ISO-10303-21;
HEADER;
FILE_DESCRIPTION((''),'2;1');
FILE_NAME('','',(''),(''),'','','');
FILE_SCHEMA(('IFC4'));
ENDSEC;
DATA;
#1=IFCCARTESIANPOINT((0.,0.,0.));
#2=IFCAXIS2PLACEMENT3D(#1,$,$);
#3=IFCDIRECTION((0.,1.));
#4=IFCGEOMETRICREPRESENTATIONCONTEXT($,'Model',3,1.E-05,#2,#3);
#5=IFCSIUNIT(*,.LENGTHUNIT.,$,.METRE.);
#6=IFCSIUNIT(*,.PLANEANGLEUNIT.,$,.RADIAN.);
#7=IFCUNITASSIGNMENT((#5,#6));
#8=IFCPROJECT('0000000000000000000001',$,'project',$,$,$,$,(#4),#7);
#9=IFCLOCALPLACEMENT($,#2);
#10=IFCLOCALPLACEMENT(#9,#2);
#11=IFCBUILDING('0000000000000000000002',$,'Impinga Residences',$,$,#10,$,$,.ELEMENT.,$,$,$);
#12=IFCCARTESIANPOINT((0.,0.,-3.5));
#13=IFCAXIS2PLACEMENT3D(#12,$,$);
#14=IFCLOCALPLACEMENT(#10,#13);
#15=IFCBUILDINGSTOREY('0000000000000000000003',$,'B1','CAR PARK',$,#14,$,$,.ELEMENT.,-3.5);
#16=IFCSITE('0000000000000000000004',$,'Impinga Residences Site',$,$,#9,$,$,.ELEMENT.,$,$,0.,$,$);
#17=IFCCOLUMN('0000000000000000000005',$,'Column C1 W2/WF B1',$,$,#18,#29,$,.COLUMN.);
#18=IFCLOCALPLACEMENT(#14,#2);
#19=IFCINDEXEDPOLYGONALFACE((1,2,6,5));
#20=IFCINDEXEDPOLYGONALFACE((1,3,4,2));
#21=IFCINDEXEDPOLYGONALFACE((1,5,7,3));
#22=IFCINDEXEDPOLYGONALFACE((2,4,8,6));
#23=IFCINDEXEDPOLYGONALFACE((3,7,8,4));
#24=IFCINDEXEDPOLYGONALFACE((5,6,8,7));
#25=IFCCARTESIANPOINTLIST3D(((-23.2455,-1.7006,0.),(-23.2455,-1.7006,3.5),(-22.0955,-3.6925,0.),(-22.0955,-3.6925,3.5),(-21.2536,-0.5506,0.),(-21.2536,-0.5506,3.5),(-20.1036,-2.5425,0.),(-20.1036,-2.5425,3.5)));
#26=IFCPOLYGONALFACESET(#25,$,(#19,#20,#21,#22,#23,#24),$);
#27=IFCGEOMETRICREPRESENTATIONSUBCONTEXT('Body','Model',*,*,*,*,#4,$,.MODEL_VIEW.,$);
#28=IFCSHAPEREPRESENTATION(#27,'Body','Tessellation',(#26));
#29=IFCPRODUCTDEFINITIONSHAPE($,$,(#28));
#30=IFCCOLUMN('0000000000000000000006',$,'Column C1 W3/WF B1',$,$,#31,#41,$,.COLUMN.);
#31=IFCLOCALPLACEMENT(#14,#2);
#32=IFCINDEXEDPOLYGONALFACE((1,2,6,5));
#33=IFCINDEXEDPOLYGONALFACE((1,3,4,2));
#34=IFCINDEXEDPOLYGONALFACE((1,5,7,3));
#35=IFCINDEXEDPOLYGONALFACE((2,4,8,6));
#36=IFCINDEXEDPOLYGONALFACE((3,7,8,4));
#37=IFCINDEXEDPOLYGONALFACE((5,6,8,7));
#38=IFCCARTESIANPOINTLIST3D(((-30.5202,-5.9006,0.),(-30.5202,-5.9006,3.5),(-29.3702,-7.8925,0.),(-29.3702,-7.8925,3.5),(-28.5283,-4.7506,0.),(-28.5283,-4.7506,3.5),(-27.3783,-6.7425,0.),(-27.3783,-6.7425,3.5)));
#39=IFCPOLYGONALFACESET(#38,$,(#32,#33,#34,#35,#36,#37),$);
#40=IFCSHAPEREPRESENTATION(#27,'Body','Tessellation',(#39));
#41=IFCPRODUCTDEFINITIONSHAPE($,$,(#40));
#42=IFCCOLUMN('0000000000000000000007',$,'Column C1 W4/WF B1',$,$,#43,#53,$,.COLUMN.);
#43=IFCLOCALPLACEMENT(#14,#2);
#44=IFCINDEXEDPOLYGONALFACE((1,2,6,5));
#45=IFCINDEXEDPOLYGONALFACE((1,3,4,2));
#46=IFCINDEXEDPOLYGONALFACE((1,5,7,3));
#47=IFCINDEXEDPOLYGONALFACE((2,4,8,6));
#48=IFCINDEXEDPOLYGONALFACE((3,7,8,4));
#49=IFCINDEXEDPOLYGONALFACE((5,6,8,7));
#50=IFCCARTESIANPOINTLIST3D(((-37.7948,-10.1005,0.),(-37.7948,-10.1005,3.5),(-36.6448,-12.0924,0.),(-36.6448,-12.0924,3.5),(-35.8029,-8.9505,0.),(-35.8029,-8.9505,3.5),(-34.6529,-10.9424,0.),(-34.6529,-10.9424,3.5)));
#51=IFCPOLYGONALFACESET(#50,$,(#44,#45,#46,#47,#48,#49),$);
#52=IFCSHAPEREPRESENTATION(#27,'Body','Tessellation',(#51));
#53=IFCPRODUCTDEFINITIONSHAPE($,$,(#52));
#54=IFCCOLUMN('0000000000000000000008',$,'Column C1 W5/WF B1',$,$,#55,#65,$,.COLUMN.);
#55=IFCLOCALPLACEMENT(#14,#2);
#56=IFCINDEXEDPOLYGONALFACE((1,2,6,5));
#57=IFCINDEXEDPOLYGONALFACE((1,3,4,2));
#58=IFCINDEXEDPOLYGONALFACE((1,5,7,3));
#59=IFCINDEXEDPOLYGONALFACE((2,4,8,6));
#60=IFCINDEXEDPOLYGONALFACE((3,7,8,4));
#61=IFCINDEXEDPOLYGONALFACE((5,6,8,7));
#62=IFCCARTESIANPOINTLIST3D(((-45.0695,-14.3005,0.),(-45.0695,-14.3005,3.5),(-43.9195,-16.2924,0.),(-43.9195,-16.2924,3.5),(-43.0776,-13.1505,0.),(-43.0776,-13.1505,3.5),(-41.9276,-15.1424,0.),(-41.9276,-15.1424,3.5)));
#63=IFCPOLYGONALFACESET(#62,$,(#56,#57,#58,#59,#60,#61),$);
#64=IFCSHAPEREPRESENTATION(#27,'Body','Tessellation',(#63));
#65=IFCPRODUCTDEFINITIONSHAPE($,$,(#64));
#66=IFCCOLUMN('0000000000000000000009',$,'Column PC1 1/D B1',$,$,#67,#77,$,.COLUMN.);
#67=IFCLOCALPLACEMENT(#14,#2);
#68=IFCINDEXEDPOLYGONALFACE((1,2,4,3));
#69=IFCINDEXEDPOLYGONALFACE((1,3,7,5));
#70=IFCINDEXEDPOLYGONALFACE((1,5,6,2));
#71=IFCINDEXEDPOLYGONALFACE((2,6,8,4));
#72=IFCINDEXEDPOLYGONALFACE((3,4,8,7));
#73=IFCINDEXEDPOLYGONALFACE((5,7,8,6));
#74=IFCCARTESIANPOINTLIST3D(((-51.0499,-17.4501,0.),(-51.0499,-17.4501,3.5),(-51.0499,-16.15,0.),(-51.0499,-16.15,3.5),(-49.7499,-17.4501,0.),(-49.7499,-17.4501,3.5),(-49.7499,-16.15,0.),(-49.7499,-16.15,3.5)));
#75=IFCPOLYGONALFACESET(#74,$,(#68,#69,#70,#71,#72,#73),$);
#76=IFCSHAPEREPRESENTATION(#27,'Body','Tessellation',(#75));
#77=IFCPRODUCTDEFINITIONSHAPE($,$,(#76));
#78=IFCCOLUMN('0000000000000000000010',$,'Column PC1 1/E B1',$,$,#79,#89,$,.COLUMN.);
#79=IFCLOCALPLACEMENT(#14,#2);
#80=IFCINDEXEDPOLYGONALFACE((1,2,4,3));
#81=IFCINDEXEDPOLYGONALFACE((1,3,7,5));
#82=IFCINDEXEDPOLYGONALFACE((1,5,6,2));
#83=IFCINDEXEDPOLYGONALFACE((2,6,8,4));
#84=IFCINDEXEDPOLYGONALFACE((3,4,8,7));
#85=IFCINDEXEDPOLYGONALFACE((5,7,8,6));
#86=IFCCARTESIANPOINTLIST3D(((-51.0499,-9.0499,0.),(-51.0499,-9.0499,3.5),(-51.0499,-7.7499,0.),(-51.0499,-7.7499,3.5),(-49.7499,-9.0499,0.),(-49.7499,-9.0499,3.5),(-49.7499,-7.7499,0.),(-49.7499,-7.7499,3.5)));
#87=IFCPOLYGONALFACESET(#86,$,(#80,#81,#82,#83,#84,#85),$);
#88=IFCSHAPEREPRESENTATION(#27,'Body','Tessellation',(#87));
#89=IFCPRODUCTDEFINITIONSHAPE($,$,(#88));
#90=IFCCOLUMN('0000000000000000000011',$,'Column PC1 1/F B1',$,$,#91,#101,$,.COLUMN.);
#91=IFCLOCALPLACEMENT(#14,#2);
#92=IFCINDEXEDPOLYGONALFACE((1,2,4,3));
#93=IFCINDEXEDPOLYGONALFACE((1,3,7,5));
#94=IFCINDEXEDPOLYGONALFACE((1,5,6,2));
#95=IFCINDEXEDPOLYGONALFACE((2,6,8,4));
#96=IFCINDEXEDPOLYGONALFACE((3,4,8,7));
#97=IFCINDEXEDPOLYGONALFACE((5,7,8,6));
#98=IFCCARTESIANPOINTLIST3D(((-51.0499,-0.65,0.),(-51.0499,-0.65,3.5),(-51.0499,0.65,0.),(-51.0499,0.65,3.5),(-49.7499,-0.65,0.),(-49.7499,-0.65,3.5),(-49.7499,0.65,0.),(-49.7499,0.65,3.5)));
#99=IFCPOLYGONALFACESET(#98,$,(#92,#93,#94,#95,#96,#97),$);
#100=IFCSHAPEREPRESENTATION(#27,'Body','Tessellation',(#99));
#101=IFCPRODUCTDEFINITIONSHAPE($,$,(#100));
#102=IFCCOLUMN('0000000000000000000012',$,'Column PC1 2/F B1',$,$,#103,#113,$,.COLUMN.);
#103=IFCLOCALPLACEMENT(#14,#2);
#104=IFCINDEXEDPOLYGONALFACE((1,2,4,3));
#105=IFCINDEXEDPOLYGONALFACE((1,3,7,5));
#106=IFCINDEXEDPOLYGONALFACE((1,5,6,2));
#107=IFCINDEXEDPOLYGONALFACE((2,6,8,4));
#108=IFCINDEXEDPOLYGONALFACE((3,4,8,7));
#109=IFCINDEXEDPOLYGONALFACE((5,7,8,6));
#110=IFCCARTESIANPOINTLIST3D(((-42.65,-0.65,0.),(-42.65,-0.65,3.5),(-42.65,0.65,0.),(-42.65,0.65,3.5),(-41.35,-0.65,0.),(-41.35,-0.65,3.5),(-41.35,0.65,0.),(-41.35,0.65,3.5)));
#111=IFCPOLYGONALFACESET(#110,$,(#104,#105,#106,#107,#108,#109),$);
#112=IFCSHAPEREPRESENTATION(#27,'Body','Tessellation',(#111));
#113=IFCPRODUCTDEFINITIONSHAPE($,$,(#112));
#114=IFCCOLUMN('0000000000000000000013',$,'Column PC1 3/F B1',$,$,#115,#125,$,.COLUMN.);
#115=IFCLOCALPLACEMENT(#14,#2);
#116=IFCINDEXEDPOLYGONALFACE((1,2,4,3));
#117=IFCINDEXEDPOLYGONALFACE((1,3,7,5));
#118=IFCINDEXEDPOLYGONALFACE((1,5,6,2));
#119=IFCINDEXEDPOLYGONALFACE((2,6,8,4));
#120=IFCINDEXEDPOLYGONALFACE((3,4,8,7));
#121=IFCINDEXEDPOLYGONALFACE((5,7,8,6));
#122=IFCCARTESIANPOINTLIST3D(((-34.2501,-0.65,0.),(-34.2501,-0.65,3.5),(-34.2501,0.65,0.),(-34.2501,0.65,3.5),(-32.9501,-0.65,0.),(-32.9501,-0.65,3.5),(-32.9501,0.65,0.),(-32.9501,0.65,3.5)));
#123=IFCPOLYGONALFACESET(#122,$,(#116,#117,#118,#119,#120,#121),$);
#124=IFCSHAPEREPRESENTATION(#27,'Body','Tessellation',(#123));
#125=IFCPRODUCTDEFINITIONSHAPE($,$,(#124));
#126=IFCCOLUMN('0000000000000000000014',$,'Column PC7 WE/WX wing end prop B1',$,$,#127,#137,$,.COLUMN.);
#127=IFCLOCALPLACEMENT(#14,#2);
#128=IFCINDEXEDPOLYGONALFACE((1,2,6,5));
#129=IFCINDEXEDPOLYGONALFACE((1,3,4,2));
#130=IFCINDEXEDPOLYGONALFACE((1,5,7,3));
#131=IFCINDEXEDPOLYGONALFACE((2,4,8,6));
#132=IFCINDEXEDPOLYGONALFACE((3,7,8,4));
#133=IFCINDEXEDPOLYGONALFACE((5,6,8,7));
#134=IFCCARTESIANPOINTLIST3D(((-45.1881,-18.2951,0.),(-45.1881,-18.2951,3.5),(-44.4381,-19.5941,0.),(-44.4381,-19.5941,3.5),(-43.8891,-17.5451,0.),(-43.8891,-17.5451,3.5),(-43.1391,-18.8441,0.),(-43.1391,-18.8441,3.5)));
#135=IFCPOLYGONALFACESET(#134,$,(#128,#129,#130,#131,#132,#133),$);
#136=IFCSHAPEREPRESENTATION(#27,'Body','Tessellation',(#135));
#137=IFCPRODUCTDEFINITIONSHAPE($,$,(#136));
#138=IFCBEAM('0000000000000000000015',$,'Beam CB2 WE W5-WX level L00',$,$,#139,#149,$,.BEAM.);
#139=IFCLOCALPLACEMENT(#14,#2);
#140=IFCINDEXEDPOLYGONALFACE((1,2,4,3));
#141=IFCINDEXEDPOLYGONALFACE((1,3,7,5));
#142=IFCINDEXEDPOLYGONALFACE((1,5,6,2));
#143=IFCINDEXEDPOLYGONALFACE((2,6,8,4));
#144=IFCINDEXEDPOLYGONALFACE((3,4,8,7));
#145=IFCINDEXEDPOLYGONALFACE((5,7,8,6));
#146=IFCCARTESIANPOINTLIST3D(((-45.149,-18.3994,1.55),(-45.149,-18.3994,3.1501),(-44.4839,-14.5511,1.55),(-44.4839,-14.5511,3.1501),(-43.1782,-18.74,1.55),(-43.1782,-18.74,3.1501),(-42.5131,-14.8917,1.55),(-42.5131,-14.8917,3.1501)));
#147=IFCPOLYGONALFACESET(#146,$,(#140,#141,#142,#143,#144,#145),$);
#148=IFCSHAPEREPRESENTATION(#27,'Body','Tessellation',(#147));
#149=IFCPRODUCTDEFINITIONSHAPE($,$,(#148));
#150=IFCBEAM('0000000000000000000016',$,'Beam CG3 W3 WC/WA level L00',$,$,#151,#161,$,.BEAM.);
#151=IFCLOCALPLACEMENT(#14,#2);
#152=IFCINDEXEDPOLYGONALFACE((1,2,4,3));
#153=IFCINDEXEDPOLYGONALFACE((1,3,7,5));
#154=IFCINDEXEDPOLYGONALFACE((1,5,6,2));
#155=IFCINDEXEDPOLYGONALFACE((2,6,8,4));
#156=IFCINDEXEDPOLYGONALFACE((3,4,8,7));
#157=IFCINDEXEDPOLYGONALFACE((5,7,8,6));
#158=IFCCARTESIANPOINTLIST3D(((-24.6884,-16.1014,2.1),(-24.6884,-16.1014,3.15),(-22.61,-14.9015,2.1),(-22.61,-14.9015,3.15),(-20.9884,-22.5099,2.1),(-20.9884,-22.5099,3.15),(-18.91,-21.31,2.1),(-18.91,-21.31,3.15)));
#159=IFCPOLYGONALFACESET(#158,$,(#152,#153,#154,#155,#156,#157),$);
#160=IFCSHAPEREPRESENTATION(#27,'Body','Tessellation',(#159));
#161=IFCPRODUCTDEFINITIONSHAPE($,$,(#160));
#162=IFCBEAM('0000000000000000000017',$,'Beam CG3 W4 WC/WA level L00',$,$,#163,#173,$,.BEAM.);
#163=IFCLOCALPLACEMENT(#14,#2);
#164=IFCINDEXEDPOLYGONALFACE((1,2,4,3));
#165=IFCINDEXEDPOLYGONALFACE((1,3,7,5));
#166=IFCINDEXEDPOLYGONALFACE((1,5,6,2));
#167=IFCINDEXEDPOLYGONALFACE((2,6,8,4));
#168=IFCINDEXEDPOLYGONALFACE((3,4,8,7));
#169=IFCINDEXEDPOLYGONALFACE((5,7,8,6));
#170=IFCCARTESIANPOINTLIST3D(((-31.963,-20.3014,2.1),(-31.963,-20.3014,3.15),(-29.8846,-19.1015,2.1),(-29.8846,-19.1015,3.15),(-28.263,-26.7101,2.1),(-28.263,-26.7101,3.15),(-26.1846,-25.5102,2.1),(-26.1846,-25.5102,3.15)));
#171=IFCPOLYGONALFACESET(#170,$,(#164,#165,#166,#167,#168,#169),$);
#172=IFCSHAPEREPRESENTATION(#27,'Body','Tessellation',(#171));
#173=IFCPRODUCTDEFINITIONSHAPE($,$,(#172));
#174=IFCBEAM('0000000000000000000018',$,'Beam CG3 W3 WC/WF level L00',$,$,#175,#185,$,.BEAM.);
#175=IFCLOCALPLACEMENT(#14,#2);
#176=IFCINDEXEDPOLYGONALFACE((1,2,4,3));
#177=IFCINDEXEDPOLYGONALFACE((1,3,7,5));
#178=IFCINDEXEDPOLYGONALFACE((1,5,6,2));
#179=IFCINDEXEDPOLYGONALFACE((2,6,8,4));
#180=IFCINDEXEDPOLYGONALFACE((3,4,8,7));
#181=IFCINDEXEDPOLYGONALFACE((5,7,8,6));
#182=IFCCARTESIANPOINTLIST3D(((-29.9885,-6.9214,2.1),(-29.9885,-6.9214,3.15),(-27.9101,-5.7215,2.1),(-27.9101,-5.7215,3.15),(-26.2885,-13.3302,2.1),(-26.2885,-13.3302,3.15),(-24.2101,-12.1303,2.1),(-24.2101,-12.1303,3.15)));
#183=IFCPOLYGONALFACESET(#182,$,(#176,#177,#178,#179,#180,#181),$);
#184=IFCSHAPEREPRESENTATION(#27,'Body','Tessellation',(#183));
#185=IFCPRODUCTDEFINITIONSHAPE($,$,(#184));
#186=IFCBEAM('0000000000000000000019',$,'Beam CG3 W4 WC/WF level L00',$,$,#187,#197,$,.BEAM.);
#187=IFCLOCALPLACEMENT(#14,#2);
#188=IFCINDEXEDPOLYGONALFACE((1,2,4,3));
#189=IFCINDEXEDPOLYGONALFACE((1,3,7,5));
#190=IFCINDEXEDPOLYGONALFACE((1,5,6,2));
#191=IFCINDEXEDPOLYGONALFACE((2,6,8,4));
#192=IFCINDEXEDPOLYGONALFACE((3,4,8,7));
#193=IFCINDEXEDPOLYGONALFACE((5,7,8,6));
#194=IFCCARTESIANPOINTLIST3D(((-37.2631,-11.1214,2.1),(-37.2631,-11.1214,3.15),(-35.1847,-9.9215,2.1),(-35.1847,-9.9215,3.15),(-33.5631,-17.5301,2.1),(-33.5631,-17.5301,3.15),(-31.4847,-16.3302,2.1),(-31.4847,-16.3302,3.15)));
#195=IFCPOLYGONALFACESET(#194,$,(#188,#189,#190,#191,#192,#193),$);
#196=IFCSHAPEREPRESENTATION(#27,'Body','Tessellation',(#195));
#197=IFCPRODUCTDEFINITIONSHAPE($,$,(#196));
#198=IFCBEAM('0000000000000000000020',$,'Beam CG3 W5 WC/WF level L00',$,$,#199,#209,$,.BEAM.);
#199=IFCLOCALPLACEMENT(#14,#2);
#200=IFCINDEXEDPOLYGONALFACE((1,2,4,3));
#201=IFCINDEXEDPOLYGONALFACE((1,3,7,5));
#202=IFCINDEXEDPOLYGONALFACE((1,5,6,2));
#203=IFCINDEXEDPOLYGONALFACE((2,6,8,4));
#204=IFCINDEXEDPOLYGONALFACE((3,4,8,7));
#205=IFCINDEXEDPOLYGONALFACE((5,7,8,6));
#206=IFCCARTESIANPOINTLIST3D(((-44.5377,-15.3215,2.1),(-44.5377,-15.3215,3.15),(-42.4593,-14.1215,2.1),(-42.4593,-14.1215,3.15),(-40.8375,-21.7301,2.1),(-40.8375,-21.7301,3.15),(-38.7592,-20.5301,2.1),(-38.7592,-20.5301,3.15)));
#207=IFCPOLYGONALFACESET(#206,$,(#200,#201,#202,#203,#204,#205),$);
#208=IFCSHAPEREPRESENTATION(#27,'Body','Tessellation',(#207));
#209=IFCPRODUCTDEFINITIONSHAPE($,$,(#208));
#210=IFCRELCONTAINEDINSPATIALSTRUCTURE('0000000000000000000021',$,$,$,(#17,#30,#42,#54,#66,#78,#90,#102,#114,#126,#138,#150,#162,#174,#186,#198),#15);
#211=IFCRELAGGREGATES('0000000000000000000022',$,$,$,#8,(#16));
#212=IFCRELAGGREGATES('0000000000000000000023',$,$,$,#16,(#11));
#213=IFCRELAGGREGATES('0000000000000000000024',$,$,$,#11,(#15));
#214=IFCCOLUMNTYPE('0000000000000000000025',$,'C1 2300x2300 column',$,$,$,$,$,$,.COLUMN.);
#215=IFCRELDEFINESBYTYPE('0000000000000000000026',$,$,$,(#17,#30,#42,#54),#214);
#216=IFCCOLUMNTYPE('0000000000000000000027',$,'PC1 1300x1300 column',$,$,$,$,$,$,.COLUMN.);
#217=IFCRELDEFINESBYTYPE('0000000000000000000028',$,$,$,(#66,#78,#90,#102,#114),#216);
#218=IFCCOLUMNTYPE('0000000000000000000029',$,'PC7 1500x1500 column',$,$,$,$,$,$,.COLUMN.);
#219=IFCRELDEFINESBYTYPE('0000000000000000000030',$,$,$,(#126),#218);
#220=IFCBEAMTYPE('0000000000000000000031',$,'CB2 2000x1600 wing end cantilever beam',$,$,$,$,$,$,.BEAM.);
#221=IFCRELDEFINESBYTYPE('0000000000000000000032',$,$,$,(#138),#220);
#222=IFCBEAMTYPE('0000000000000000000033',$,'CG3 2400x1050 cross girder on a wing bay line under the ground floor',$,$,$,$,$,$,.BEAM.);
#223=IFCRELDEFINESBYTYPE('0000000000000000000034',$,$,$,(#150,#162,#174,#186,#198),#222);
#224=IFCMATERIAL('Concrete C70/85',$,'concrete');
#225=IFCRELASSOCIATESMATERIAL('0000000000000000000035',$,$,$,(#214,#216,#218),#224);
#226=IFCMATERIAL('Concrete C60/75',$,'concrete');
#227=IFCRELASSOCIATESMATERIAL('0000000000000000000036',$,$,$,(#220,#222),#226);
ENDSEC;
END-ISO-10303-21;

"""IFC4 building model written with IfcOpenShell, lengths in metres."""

from ifc_helpers import new_model, si_unit, direction, frame, origin, origin_2d, place, context, subcontext, project, spatial, rectangle, extrude, material, material_profile, profile_set, type_object, element, save


model = new_model("IFC4")

# Units and contexts
model_context = context("Model", 3, precision=1e-05, world=origin(), true_north=direction((0.0, 1.0)))
body_context = subcontext(model_context, "Body", "Model", "MODEL_VIEW")
ifc_project = project(units=[si_unit("LENGTHUNIT", "METRE"), si_unit("PLANEANGLEUNIT", "RADIAN")], contexts=[model_context])

# Site, building, storey
site_placement = place(None, origin())
site = spatial("IfcSite", under=ifc_project, at=site_placement, Name="Impinga Residences Site", CompositionType="ELEMENT", RefElevation=0.0)
building_placement = place(site_placement, origin())
building = spatial("IfcBuilding", under=site, at=building_placement, Name="Impinga Residences", CompositionType="ELEMENT")
storey_placement = place(building_placement, frame((0.0, 0.0, -3.5)))
storey = spatial("IfcBuildingStorey", under=building, at=storey_placement, Name="B1", Description="CAR PARK", CompositionType="ELEMENT", Elevation=-3.5)

# Columns
ifc_material_1 = material(Name="Concrete C70/85", Category="concrete")
ifc_material_profile_1 = material_profile(ifc_material_1, rectangle(XDim=2.3, YDim=2.3, at=origin_2d()), Name="RC 2300x2300")
ifc_profile_set_1 = profile_set([ifc_material_profile_1], Name="Concrete C70/85")
column_type_1 = type_object("IfcColumnType", Name="C1 2300x2300 column", PredefinedType="COLUMN", material=ifc_profile_set_1)
for number, where, z_axis, x_axis, name in (
    (1, (-21.6746, -2.1216, 0.0), (0.0, 0.0, 1.0), (-0.5, 0.866025, 0.0), "Column C1 W2/WF B1"),
    (2, (-28.9492, -6.3215, 0.0), (0.0, 0.0, 1.0), (-0.5, 0.866025, 0.0), "Column C1 W3/WF B1"),
    (3, (-36.2239, -10.5215, 0.0), (0.0, 0.0, 1.0), (-0.5, 0.866025, 0.0), "Column C1 W4/WF B1"),
    (4, (-43.4985, -14.7214, 0.0), (0.0, 0.0, 1.0), (-0.5, 0.866025, 0.0), "Column C1 W5/WF B1"),
):
    element("IfcColumn", number, at=place(storey_placement, frame(where, z_axis=z_axis, x_axis=x_axis)), inside=storey, type_object=column_type_1, Name=name, PredefinedType="COLUMN", context=body_context, shape_type="SweptSolid", body=[
        extrude(rectangle(XDim=2.3, YDim=2.3, at=origin_2d()), origin(), (0.0, 0.0, 1.0), 3.5),
    ])
ifc_material_profile_2 = material_profile(ifc_material_1, rectangle(XDim=1.3, YDim=1.3, at=origin_2d()), Name="RC 1300x1300")
ifc_profile_set_2 = profile_set([ifc_material_profile_2], Name="Concrete C70/85")
column_type_2 = type_object("IfcColumnType", Name="PC1 1300x1300 column", PredefinedType="COLUMN", material=ifc_profile_set_2)
for number, where, z_axis, x_axis, name in (
    (5, (-50.3999, -16.8, 0.0), (0.0, 0.0, 1.0), (1.0, 0.0, 0.0), "Column PC1 1/D B1"),
    (6, (-50.3999, -8.3999, 0.0), (0.0, 0.0, 1.0), (1.0, 0.0, 0.0), "Column PC1 1/E B1"),
    (7, (-50.3999, 0.0, 0.0), (0.0, 0.0, 1.0), (1.0, 0.0, 0.0), "Column PC1 1/F B1"),
    (8, (-42.0, 0.0, 0.0), (0.0, 0.0, 1.0), (1.0, 0.0, 0.0), "Column PC1 2/F B1"),
    (9, (-33.6001, 0.0, 0.0), (0.0, 0.0, 1.0), (1.0, 0.0, 0.0), "Column PC1 3/F B1"),
):
    element("IfcColumn", number, at=place(storey_placement, frame(where, z_axis=z_axis, x_axis=x_axis)), inside=storey, type_object=column_type_2, Name=name, PredefinedType="COLUMN", context=body_context, shape_type="SweptSolid", body=[
        extrude(rectangle(XDim=1.3, YDim=1.3, at=origin_2d()), origin(), (0.0, 0.0, 1.0), 3.5),
    ])
ifc_material_profile_3 = material_profile(ifc_material_1, rectangle(XDim=1.5, YDim=1.5, at=origin_2d()), Name="RC 1500x1500")
ifc_profile_set_3 = profile_set([ifc_material_profile_3], Name="Concrete C70/85")
column_type_3 = type_object("IfcColumnType", Name="PC7 1500x1500 column", PredefinedType="COLUMN", material=ifc_profile_set_3)
column_placement = place(storey_placement, frame((-44.1636, -18.5696, 0.0), z_axis=(0.0, 0.0, 1.0), x_axis=(-0.5, 0.866025, 0.0)))
element("IfcColumn", 10, at=column_placement, inside=storey, type_object=column_type_3, Name="Column PC7 WE/WX wing end prop B1", PredefinedType="COLUMN", context=body_context, shape_type="SweptSolid", body=[
    extrude(rectangle(XDim=1.5, YDim=1.5, at=origin_2d()), origin(), (0.0, 0.0, 1.0), 3.5),
])

# Beams
ifc_material_2 = material(Name="Concrete C60/75", Category="concrete")
ifc_material_profile_4 = material_profile(ifc_material_2, rectangle(XDim=2.0, YDim=1.6001, at=origin_2d()), Name="RC 2000x1600")
ifc_profile_set_4 = profile_set([ifc_material_profile_4], Name="Concrete C60/75")
beam_type_1 = type_object("IfcBeamType", Name="CB2 2000x1600 wing end cantilever beam", PredefinedType="BEAM", material=ifc_profile_set_4)
beam_1_placement = place(storey_placement, frame((-43.4985, -14.7214, 2.3501), z_axis=(-0.170296, -0.985393, 0.0), x_axis=(0.985393, -0.170296, 0.0)))
element("IfcBeam", 11, at=beam_1_placement, inside=storey, type_object=beam_type_1, Name="Beam CB2 WE W5-WX level L00", PredefinedType="BEAM", context=body_context, shape_type="SweptSolid", body=[
    extrude(rectangle(XDim=2.0, YDim=1.6001, at=origin_2d()), origin(), (0.0, 0.0, 1.0), 3.9053),
])
ifc_material_profile_5 = material_profile(ifc_material_2, rectangle(XDim=2.3999, YDim=1.05, at=origin_2d()), Name="RC 2400x1050")
ifc_profile_set_5 = profile_set([ifc_material_profile_5], Name="Concrete C60/75")
beam_type_2 = type_object("IfcBeamType", Name="CG3 2400x1050 cross girder on a wing bay line under the ground floor", PredefinedType="BEAM", material=ifc_profile_set_5)
beam_2_placement = place(storey_placement, frame((-23.6492, -15.5015, 2.625), z_axis=(0.500003, -0.866024, 0.0), x_axis=(0.866024, 0.500003, 0.0)))
element("IfcBeam", 12, at=beam_2_placement, inside=storey, type_object=beam_type_2, Name="Beam CG3 W3 WC/WA level L00", PredefinedType="BEAM", context=body_context, shape_type="SweptSolid", body=[
    extrude(rectangle(XDim=2.3999, YDim=1.05, at=origin_2d()), origin(), (0.0, 0.0, 1.0), 7.3999),
])
for number, where, z_axis, x_axis, name in (
    (13, (-30.9238, -19.7014, 2.625), (0.499989, -0.866032, 0.0), (0.866032, 0.499989, 0.0), "Beam CG3 W4 WC/WA level L00"),
    (14, (-25.2493, -12.7302, 2.625), (-0.499989, 0.866032, 0.0), (-0.866032, -0.499989, 0.0), "Beam CG3 W3 WC/WF level L00"),
    (15, (-32.5239, -16.9302, 2.625), (-0.499989, 0.866032, 0.0), (-0.866032, -0.499989, 0.0), "Beam CG3 W4 WC/WF level L00"),
    (16, (-39.7983, -21.1301, 2.625), (-0.500014, 0.866017, 0.0), (-0.866017, -0.500014, 0.0), "Beam CG3 W5 WC/WF level L00"),
):
    element("IfcBeam", number, at=place(storey_placement, frame(where, z_axis=z_axis, x_axis=x_axis)), inside=storey, type_object=beam_type_2, Name=name, PredefinedType="BEAM", context=body_context, shape_type="SweptSolid", body=[
        extrude(rectangle(XDim=2.3999, YDim=1.05, at=origin_2d()), origin(), (0.0, 0.0, 1.0), 7.4001),
    ])

save(model, "model.ifc")
